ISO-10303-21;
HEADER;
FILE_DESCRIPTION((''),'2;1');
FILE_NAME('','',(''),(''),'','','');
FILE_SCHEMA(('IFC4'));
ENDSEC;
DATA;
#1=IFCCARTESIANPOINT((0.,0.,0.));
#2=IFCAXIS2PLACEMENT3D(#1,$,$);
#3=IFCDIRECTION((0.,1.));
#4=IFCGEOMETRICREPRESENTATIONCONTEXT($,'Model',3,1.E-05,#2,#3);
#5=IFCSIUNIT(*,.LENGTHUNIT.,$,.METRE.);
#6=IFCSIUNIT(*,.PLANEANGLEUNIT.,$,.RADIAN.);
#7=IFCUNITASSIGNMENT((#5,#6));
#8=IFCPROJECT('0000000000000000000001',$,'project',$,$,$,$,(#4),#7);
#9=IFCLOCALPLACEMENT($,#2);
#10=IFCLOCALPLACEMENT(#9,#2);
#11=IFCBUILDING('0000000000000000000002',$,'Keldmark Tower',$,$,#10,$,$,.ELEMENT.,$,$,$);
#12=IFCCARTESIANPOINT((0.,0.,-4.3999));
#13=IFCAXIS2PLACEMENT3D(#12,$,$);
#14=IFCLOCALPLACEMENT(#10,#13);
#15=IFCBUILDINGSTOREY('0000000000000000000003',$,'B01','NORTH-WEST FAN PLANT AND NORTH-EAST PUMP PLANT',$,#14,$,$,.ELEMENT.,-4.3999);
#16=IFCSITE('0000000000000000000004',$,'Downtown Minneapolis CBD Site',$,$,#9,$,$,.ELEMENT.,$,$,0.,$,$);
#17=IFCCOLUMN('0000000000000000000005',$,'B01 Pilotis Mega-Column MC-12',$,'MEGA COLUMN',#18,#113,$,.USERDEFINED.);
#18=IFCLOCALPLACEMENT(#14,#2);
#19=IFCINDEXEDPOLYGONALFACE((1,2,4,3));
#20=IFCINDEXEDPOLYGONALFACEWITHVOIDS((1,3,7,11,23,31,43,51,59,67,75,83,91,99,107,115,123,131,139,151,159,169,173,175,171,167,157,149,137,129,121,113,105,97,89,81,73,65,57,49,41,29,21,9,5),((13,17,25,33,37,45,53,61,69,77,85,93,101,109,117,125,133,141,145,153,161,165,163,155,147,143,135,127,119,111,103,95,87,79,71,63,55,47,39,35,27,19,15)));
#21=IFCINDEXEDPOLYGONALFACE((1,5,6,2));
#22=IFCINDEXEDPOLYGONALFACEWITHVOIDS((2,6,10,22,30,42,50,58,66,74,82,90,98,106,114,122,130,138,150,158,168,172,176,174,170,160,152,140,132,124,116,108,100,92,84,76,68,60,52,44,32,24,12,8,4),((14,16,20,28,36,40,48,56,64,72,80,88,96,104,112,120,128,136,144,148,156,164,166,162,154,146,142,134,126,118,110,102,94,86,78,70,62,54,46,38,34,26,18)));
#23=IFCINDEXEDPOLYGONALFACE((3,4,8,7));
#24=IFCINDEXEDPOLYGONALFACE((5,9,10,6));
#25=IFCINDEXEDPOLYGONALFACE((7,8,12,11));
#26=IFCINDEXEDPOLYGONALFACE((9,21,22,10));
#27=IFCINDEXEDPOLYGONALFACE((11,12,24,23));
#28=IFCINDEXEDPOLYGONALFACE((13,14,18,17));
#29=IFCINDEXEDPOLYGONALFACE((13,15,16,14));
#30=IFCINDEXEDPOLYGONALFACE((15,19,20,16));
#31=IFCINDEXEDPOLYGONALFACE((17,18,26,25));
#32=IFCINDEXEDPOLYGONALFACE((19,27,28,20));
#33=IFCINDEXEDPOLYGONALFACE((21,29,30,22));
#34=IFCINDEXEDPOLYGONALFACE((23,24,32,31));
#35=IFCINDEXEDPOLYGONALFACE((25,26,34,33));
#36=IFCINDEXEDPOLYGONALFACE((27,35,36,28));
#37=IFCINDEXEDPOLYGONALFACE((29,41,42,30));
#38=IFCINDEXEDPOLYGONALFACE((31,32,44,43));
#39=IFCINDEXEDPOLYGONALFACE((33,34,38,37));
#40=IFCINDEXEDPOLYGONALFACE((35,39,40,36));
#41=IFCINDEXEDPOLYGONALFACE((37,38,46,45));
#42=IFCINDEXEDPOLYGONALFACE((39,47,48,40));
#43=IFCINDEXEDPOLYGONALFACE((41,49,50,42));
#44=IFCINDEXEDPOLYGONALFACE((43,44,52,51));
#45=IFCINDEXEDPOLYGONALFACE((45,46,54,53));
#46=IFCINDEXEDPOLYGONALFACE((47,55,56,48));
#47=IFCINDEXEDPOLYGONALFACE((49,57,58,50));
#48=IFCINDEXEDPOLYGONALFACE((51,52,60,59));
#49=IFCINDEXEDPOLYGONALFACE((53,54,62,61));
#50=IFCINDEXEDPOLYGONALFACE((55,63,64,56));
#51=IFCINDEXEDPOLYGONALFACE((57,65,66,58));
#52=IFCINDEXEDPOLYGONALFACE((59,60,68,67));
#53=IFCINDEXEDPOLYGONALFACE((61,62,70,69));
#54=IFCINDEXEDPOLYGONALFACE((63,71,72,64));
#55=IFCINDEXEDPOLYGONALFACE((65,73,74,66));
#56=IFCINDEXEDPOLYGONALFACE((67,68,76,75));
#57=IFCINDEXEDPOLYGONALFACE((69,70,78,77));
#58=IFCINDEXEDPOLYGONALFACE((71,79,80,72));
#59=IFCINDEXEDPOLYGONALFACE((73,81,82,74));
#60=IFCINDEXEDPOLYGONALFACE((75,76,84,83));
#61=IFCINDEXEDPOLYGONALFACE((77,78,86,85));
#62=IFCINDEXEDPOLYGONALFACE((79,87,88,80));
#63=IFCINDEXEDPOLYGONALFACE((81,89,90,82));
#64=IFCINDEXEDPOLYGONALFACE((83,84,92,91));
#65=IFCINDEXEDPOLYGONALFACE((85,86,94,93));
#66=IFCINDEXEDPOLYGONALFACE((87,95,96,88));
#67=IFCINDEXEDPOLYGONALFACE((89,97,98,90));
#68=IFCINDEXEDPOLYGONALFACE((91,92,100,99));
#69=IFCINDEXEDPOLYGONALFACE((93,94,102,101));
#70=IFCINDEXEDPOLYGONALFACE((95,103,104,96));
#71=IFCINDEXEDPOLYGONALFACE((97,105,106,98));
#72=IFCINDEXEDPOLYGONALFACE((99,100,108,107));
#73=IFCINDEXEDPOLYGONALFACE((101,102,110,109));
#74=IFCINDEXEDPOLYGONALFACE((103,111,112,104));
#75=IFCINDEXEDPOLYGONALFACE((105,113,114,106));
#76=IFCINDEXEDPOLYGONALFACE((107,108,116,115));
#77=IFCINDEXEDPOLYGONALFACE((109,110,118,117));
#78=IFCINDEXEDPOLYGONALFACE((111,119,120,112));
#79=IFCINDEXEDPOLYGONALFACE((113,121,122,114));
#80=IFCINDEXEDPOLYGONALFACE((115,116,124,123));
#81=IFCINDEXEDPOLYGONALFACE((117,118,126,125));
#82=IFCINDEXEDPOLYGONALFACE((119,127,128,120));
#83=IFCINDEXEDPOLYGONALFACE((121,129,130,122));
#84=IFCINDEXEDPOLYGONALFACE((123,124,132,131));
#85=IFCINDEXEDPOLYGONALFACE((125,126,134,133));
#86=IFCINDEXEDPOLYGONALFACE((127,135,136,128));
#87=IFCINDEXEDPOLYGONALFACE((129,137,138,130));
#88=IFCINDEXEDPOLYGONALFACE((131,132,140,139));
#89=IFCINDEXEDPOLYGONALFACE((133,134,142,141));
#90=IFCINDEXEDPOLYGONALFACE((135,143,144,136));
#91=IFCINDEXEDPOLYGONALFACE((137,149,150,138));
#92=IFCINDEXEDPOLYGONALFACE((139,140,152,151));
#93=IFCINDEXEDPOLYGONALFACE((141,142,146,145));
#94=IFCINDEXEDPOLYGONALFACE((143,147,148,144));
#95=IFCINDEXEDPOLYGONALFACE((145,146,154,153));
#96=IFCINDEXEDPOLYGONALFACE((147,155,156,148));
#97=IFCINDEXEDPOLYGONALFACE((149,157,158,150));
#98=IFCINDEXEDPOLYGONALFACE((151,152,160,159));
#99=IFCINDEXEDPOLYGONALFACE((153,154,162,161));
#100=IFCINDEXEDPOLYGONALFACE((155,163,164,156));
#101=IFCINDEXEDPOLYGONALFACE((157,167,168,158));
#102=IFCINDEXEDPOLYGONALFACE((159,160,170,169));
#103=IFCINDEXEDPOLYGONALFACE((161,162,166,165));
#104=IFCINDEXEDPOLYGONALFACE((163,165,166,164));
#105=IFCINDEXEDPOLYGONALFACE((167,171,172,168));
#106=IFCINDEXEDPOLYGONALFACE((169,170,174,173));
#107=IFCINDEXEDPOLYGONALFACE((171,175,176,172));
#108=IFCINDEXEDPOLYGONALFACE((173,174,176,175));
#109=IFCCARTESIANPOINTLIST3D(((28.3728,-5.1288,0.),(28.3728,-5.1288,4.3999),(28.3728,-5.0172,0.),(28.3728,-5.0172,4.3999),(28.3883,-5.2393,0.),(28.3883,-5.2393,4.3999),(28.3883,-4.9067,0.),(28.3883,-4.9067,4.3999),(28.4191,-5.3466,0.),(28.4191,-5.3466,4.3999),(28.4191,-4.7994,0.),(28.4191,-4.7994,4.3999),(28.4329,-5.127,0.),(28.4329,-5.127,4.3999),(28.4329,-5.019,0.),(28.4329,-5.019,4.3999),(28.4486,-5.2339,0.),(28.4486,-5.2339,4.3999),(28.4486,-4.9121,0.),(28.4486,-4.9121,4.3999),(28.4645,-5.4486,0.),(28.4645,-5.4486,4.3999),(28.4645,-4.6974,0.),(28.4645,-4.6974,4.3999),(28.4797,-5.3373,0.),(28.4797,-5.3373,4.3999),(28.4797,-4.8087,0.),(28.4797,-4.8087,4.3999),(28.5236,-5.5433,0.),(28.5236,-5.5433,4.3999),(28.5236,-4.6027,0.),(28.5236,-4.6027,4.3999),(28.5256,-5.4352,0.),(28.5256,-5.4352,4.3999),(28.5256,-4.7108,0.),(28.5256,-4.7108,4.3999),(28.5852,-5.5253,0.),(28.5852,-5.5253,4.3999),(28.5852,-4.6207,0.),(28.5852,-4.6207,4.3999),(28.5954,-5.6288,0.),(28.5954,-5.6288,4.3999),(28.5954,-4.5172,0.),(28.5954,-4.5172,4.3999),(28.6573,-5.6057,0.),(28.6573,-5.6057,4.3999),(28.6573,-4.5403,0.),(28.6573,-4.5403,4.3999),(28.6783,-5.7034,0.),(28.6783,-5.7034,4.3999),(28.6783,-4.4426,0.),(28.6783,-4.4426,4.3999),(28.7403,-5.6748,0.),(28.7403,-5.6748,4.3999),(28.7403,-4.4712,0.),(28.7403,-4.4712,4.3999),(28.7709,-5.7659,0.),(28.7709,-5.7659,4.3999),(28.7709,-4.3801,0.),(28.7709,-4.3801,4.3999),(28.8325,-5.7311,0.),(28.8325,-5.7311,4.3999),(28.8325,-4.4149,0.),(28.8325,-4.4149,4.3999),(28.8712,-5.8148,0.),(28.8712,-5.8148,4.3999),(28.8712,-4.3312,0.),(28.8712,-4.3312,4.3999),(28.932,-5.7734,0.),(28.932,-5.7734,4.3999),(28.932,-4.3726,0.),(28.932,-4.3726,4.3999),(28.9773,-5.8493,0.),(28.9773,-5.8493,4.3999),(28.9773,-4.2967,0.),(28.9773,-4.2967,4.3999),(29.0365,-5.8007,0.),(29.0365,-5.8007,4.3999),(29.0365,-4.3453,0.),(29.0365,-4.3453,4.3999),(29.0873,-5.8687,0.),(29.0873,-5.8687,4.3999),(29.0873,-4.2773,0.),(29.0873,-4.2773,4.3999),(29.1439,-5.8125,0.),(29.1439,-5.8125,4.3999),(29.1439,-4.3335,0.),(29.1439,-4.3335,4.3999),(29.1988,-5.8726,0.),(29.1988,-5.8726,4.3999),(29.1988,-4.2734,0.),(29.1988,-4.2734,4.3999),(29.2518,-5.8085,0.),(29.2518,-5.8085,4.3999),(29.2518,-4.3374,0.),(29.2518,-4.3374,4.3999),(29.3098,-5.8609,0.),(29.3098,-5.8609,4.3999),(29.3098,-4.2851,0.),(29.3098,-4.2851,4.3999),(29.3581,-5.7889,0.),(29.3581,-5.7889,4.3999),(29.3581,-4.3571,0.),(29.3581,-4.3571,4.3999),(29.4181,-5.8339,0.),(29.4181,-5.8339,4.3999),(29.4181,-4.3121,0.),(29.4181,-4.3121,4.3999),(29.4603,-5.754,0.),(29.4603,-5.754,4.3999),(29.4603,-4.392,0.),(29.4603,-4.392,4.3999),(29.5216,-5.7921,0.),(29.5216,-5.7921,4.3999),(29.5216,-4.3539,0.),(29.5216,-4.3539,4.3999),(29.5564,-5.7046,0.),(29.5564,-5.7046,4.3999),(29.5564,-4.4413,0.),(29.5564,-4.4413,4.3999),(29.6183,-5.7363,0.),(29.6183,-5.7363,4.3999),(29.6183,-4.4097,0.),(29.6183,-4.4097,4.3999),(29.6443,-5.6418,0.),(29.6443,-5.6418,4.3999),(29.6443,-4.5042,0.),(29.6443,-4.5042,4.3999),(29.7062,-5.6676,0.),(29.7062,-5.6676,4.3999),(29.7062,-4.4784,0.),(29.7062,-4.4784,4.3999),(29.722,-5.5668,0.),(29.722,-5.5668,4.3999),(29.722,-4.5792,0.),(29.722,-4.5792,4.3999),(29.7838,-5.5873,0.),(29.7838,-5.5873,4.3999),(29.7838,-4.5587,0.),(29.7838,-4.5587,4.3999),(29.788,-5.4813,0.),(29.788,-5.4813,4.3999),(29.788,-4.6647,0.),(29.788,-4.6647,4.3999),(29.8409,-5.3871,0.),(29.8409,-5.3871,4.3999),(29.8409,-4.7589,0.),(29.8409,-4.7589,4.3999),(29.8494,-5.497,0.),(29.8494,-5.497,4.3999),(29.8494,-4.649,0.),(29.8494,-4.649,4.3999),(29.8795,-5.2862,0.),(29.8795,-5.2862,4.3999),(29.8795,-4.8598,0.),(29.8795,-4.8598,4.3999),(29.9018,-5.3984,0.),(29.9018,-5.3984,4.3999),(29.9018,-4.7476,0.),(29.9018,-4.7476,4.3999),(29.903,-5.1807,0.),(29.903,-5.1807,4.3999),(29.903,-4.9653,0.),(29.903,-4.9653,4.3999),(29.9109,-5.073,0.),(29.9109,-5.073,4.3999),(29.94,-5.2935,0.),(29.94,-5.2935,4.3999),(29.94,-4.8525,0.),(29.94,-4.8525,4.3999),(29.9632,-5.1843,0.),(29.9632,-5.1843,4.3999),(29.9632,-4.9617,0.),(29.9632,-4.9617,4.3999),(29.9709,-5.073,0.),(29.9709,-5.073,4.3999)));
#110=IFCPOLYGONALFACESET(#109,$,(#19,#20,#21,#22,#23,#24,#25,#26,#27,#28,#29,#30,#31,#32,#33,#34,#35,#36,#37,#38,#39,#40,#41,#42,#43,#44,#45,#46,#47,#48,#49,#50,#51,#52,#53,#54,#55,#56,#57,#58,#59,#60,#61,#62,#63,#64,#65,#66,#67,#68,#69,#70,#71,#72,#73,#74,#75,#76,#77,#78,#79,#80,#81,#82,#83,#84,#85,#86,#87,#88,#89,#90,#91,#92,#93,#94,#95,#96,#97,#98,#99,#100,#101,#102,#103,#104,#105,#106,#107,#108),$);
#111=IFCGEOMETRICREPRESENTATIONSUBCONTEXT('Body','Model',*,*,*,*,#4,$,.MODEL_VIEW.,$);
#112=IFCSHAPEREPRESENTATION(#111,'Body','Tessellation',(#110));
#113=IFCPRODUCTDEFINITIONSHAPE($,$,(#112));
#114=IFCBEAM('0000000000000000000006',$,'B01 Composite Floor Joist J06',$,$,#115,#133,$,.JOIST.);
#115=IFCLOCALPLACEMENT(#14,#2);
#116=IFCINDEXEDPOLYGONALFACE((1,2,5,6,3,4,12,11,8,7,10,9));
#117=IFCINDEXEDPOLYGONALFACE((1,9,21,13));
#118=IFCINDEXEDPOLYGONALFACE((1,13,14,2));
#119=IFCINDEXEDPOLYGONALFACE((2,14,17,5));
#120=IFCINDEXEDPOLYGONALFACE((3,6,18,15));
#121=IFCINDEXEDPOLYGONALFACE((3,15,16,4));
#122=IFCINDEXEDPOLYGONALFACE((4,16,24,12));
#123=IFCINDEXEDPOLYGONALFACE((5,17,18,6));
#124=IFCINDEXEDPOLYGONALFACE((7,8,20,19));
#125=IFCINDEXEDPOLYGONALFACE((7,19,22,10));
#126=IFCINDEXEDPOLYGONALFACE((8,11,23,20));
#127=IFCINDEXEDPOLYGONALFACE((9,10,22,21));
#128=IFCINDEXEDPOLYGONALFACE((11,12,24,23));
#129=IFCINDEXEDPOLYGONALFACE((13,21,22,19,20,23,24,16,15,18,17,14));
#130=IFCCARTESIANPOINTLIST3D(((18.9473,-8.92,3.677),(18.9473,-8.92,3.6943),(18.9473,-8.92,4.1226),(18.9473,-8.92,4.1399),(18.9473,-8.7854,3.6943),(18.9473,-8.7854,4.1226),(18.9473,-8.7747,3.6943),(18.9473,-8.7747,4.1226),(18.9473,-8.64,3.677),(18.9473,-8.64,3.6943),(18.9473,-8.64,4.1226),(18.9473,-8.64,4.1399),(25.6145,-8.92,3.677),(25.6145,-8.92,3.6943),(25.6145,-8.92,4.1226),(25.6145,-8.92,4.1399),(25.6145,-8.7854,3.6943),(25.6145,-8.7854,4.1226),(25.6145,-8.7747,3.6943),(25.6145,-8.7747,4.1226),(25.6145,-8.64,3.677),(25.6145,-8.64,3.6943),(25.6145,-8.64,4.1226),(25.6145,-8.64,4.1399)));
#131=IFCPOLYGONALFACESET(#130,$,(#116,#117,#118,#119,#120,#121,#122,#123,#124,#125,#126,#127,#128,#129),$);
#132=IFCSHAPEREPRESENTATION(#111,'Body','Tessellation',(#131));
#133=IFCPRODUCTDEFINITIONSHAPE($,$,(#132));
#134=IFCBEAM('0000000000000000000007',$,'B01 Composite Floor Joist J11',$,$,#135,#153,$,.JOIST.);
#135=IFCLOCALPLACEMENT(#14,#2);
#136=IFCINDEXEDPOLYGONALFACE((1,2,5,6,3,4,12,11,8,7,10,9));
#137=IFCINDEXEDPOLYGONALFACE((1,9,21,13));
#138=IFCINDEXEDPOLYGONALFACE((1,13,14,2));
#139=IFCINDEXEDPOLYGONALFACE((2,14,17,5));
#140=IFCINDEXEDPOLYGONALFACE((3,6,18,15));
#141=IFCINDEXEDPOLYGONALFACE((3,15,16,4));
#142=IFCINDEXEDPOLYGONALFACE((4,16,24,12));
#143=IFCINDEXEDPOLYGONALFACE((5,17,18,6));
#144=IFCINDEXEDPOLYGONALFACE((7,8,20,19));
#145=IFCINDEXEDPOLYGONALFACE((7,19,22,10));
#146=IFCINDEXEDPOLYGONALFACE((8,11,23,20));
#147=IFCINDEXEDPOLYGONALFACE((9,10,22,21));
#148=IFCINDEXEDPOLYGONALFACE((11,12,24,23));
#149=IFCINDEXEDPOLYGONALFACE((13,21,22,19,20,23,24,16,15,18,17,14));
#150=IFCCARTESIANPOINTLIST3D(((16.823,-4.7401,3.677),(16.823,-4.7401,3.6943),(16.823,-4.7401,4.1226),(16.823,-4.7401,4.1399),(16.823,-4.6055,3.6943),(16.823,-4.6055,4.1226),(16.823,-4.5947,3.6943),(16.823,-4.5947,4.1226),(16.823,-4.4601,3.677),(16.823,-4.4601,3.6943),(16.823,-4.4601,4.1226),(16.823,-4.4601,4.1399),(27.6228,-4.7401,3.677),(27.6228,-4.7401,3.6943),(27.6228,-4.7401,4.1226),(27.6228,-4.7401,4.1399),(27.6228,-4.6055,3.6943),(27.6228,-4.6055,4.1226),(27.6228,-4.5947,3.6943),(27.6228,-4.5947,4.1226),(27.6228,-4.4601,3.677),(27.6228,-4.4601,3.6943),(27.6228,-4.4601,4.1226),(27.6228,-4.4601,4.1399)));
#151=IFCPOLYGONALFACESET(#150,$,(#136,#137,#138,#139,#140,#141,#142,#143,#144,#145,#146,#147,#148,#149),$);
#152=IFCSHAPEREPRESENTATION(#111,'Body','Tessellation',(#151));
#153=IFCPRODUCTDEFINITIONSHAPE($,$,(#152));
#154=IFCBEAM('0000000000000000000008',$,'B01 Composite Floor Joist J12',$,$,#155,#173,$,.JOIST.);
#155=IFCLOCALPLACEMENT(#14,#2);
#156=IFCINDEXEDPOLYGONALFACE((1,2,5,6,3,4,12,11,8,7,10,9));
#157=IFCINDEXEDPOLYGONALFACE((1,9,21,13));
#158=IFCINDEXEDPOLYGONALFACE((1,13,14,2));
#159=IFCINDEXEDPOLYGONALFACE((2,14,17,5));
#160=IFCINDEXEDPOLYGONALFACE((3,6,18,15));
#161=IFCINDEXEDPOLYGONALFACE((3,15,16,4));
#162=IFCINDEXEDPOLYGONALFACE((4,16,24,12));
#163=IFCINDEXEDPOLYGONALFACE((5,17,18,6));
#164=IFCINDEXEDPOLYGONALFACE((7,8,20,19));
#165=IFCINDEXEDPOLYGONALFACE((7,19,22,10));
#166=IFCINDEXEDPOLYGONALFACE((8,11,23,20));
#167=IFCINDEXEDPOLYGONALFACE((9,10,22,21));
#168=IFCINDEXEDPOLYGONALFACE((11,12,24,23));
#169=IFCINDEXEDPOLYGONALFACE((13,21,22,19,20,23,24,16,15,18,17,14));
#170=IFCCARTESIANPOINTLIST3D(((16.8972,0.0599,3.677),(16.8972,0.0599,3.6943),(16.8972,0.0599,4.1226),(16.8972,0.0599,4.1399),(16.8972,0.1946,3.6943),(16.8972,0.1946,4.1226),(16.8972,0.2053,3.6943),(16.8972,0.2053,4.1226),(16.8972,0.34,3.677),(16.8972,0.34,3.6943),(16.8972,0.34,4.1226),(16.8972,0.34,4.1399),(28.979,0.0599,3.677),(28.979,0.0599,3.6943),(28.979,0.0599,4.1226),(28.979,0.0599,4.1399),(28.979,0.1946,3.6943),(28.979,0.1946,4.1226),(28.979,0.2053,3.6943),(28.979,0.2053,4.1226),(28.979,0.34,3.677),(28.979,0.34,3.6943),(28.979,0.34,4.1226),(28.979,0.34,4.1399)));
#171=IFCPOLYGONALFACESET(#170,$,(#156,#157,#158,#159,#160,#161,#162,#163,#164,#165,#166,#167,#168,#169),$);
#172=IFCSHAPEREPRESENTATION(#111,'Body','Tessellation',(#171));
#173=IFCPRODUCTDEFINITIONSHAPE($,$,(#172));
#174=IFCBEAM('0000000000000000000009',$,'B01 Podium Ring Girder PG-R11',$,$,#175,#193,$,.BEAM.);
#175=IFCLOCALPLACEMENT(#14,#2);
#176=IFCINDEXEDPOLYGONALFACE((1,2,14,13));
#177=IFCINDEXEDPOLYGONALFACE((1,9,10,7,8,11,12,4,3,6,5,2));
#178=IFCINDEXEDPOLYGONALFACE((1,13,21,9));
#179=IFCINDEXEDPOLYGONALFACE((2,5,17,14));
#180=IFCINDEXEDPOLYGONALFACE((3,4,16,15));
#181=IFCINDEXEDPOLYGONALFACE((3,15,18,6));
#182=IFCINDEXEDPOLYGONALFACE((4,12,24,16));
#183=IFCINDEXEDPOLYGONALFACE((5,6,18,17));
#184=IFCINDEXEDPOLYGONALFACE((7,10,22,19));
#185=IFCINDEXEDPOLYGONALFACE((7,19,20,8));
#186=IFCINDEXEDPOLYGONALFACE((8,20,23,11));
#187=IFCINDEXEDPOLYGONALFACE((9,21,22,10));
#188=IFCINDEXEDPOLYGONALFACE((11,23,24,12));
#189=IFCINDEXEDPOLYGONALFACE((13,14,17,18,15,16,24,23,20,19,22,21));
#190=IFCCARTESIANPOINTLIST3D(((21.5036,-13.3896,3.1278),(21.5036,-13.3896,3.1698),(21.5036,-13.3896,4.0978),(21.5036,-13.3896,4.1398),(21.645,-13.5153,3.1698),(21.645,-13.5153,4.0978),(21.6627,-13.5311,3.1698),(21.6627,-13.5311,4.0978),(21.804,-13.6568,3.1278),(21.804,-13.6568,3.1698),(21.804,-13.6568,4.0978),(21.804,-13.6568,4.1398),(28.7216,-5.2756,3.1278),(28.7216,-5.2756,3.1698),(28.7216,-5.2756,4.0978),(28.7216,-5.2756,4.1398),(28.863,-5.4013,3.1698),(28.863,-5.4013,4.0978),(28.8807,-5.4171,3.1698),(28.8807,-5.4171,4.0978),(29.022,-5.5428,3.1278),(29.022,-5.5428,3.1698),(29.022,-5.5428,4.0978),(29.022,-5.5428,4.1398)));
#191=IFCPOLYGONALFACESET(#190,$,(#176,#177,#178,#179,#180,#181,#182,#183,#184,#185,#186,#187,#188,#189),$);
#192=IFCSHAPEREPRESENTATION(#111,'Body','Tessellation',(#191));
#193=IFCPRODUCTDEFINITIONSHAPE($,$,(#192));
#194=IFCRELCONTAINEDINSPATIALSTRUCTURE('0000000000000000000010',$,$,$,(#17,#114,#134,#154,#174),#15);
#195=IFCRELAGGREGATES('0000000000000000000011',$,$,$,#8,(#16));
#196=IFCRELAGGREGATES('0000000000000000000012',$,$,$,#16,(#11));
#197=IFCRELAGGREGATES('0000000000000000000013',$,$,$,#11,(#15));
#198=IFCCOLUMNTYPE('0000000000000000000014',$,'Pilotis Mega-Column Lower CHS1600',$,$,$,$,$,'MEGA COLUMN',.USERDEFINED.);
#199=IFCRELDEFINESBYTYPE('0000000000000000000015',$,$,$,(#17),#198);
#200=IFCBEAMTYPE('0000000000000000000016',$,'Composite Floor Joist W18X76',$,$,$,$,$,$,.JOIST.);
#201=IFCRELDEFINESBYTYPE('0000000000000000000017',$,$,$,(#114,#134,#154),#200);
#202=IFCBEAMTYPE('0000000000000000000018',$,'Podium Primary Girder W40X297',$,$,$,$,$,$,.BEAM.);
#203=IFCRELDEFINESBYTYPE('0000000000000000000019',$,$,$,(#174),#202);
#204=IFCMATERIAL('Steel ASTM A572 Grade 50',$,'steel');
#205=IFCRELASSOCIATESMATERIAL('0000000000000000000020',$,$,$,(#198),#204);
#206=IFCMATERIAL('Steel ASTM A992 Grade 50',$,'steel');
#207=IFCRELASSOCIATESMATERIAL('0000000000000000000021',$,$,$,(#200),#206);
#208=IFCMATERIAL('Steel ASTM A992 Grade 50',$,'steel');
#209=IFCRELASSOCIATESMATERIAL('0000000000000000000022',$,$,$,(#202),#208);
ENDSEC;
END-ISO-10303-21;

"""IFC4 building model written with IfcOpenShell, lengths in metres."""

from ifc_helpers import new_model, si_unit, direction, frame, origin, origin_2d, place, context, subcontext, project, spatial, hollow_circle, i_section, extrude, material, material_profile, profile_set, type_object, element, save


model = new_model("IFC4")

# Units and contexts
model_context = context("Model", 3, precision=1e-05, world=origin(), true_north=direction((0.0, 1.0)))
body_context = subcontext(model_context, "Body", "Model", "MODEL_VIEW")
ifc_project = project(units=[si_unit("LENGTHUNIT", "METRE"), si_unit("PLANEANGLEUNIT", "RADIAN")], contexts=[model_context])

# Site, building, storey
site_placement = place(None, origin())
site = spatial("IfcSite", under=ifc_project, at=site_placement, Name="Downtown Minneapolis CBD Site", CompositionType="ELEMENT", RefElevation=0.0)
building_placement = place(site_placement, origin())
building = spatial("IfcBuilding", under=site, at=building_placement, Name="Keldmark Tower", CompositionType="ELEMENT")
storey_placement = place(building_placement, frame((0.0, 0.0, -4.3999)))
storey = spatial("IfcBuildingStorey", under=building, at=storey_placement, Name="B01", Description="NORTH-WEST FAN PLANT AND NORTH-EAST PUMP PLANT", CompositionType="ELEMENT", Elevation=-4.3999)

# Column
ifc_material_1 = material(Name="Steel ASTM A572 Grade 50", Category="steel")
ifc_material_profile_1 = material_profile(ifc_material_1, hollow_circle(Radius=0.8, WallThickness=0.0601, at=origin_2d()), Name="CHS1600X60")
ifc_profile_set_1 = profile_set([ifc_material_profile_1], Name="Steel ASTM A572 Grade 50")
column_type_1 = type_object("IfcColumnType", Name="Pilotis Mega-Column Lower CHS1600", ElementType="MEGA COLUMN", PredefinedType="USERDEFINED", material=ifc_profile_set_1)
for number, where, z_axis, x_axis, name in (
    (1, (29.1709, -5.073, 0.0), (0.0, 0.0, 1.0), (1.0, 0.0, 0.0), "B01 Pilotis Mega-Column MC-12"),
):
    element("IfcColumn", number, at=place(storey_placement, frame(where, z_axis=z_axis, x_axis=x_axis)), inside=storey, type_object=column_type_1, Name=name, ObjectType="MEGA COLUMN", PredefinedType="USERDEFINED", context=body_context, shape_type="SweptSolid", body=[
        extrude(hollow_circle(Radius=0.8, WallThickness=0.0601, at=origin_2d()), origin(), (0.0, 0.0, 1.0), 4.3999),
    ])

# Beams
ifc_material_2 = material(Name="Steel ASTM A992 Grade 50", Category="steel")
ifc_material_profile_2 = material_profile(ifc_material_2, i_section(OverallWidth=0.28, OverallDepth=0.4629, WebThickness=0.0107, FlangeThickness=0.0173, at=origin_2d()), Name="W18X76")
ifc_profile_set_2 = profile_set([ifc_material_profile_2], Name="Steel ASTM A992 Grade 50")
beam_type_1 = type_object("IfcBeamType", Name="Composite Floor Joist W18X76", PredefinedType="JOIST", material=ifc_profile_set_2)
beam_1_placement = place(storey_placement, frame((18.9473, -8.78, 3.9084), z_axis=(1.0, 0.0, 0.0), x_axis=(0.0, 1.0, 0.0)))
element("IfcBeam", 2, at=beam_1_placement, inside=storey, type_object=beam_type_1, Name="B01 Composite Floor Joist J06", PredefinedType="JOIST", context=body_context, shape_type="SweptSolid", body=[
    extrude(i_section(OverallWidth=0.28, OverallDepth=0.4629, WebThickness=0.0107, FlangeThickness=0.0173, at=origin_2d()), origin(), (0.0, 0.0, 1.0), 6.6672),
])
beam_2_placement = place(storey_placement, frame((16.823, -4.6001, 3.9084), z_axis=(1.0, 0.0, 0.0), x_axis=(0.0, 1.0, 0.0)))
element("IfcBeam", 3, at=beam_2_placement, inside=storey, type_object=beam_type_1, Name="B01 Composite Floor Joist J11", PredefinedType="JOIST", context=body_context, shape_type="SweptSolid", body=[
    extrude(i_section(OverallWidth=0.28, OverallDepth=0.4629, WebThickness=0.0107, FlangeThickness=0.0173, at=origin_2d()), origin(), (0.0, 0.0, 1.0), 10.7998),
])
beam_3_placement = place(storey_placement, frame((16.8972, 0.2, 3.9084), z_axis=(1.0, 0.0, 0.0), x_axis=(0.0, 1.0, 0.0)))
element("IfcBeam", 4, at=beam_3_placement, inside=storey, type_object=beam_type_1, Name="B01 Composite Floor Joist J12", PredefinedType="JOIST", context=body_context, shape_type="SweptSolid", body=[
    extrude(i_section(OverallWidth=0.28, OverallDepth=0.4629, WebThickness=0.0107, FlangeThickness=0.0173, at=origin_2d()), origin(), (0.0, 0.0, 1.0), 12.0818),
])
ifc_material_3 = material(Name="Steel ASTM A992 Grade 50", Category="steel")
ifc_material_profile_3 = material_profile(ifc_material_3, i_section(OverallWidth=0.4021, OverallDepth=1.012, WebThickness=0.0237, FlangeThickness=0.042, at=origin_2d()), Name="W40X297")
ifc_profile_set_3 = profile_set([ifc_material_profile_3], Name="Steel ASTM A992 Grade 50")
beam_type_2 = type_object("IfcBeamType", Name="Podium Primary Girder W40X297", PredefinedType="BEAM", material=ifc_profile_set_3)
beam_4_placement = place(storey_placement, frame((21.6538, -13.5232, 3.6338), z_axis=(0.66465, 0.747155, 0.0), x_axis=(-0.747155, 0.66465, 0.0)))
element("IfcBeam", 5, at=beam_4_placement, inside=storey, type_object=beam_type_2, Name="B01 Podium Ring Girder PG-R11", PredefinedType="BEAM", context=body_context, shape_type="SweptSolid", body=[
    extrude(i_section(OverallWidth=0.4021, OverallDepth=1.012, WebThickness=0.0237, FlangeThickness=0.042, at=origin_2d()), origin(), (0.0, 0.0, 1.0), 10.8599),
])

save(model, "model.ifc")
